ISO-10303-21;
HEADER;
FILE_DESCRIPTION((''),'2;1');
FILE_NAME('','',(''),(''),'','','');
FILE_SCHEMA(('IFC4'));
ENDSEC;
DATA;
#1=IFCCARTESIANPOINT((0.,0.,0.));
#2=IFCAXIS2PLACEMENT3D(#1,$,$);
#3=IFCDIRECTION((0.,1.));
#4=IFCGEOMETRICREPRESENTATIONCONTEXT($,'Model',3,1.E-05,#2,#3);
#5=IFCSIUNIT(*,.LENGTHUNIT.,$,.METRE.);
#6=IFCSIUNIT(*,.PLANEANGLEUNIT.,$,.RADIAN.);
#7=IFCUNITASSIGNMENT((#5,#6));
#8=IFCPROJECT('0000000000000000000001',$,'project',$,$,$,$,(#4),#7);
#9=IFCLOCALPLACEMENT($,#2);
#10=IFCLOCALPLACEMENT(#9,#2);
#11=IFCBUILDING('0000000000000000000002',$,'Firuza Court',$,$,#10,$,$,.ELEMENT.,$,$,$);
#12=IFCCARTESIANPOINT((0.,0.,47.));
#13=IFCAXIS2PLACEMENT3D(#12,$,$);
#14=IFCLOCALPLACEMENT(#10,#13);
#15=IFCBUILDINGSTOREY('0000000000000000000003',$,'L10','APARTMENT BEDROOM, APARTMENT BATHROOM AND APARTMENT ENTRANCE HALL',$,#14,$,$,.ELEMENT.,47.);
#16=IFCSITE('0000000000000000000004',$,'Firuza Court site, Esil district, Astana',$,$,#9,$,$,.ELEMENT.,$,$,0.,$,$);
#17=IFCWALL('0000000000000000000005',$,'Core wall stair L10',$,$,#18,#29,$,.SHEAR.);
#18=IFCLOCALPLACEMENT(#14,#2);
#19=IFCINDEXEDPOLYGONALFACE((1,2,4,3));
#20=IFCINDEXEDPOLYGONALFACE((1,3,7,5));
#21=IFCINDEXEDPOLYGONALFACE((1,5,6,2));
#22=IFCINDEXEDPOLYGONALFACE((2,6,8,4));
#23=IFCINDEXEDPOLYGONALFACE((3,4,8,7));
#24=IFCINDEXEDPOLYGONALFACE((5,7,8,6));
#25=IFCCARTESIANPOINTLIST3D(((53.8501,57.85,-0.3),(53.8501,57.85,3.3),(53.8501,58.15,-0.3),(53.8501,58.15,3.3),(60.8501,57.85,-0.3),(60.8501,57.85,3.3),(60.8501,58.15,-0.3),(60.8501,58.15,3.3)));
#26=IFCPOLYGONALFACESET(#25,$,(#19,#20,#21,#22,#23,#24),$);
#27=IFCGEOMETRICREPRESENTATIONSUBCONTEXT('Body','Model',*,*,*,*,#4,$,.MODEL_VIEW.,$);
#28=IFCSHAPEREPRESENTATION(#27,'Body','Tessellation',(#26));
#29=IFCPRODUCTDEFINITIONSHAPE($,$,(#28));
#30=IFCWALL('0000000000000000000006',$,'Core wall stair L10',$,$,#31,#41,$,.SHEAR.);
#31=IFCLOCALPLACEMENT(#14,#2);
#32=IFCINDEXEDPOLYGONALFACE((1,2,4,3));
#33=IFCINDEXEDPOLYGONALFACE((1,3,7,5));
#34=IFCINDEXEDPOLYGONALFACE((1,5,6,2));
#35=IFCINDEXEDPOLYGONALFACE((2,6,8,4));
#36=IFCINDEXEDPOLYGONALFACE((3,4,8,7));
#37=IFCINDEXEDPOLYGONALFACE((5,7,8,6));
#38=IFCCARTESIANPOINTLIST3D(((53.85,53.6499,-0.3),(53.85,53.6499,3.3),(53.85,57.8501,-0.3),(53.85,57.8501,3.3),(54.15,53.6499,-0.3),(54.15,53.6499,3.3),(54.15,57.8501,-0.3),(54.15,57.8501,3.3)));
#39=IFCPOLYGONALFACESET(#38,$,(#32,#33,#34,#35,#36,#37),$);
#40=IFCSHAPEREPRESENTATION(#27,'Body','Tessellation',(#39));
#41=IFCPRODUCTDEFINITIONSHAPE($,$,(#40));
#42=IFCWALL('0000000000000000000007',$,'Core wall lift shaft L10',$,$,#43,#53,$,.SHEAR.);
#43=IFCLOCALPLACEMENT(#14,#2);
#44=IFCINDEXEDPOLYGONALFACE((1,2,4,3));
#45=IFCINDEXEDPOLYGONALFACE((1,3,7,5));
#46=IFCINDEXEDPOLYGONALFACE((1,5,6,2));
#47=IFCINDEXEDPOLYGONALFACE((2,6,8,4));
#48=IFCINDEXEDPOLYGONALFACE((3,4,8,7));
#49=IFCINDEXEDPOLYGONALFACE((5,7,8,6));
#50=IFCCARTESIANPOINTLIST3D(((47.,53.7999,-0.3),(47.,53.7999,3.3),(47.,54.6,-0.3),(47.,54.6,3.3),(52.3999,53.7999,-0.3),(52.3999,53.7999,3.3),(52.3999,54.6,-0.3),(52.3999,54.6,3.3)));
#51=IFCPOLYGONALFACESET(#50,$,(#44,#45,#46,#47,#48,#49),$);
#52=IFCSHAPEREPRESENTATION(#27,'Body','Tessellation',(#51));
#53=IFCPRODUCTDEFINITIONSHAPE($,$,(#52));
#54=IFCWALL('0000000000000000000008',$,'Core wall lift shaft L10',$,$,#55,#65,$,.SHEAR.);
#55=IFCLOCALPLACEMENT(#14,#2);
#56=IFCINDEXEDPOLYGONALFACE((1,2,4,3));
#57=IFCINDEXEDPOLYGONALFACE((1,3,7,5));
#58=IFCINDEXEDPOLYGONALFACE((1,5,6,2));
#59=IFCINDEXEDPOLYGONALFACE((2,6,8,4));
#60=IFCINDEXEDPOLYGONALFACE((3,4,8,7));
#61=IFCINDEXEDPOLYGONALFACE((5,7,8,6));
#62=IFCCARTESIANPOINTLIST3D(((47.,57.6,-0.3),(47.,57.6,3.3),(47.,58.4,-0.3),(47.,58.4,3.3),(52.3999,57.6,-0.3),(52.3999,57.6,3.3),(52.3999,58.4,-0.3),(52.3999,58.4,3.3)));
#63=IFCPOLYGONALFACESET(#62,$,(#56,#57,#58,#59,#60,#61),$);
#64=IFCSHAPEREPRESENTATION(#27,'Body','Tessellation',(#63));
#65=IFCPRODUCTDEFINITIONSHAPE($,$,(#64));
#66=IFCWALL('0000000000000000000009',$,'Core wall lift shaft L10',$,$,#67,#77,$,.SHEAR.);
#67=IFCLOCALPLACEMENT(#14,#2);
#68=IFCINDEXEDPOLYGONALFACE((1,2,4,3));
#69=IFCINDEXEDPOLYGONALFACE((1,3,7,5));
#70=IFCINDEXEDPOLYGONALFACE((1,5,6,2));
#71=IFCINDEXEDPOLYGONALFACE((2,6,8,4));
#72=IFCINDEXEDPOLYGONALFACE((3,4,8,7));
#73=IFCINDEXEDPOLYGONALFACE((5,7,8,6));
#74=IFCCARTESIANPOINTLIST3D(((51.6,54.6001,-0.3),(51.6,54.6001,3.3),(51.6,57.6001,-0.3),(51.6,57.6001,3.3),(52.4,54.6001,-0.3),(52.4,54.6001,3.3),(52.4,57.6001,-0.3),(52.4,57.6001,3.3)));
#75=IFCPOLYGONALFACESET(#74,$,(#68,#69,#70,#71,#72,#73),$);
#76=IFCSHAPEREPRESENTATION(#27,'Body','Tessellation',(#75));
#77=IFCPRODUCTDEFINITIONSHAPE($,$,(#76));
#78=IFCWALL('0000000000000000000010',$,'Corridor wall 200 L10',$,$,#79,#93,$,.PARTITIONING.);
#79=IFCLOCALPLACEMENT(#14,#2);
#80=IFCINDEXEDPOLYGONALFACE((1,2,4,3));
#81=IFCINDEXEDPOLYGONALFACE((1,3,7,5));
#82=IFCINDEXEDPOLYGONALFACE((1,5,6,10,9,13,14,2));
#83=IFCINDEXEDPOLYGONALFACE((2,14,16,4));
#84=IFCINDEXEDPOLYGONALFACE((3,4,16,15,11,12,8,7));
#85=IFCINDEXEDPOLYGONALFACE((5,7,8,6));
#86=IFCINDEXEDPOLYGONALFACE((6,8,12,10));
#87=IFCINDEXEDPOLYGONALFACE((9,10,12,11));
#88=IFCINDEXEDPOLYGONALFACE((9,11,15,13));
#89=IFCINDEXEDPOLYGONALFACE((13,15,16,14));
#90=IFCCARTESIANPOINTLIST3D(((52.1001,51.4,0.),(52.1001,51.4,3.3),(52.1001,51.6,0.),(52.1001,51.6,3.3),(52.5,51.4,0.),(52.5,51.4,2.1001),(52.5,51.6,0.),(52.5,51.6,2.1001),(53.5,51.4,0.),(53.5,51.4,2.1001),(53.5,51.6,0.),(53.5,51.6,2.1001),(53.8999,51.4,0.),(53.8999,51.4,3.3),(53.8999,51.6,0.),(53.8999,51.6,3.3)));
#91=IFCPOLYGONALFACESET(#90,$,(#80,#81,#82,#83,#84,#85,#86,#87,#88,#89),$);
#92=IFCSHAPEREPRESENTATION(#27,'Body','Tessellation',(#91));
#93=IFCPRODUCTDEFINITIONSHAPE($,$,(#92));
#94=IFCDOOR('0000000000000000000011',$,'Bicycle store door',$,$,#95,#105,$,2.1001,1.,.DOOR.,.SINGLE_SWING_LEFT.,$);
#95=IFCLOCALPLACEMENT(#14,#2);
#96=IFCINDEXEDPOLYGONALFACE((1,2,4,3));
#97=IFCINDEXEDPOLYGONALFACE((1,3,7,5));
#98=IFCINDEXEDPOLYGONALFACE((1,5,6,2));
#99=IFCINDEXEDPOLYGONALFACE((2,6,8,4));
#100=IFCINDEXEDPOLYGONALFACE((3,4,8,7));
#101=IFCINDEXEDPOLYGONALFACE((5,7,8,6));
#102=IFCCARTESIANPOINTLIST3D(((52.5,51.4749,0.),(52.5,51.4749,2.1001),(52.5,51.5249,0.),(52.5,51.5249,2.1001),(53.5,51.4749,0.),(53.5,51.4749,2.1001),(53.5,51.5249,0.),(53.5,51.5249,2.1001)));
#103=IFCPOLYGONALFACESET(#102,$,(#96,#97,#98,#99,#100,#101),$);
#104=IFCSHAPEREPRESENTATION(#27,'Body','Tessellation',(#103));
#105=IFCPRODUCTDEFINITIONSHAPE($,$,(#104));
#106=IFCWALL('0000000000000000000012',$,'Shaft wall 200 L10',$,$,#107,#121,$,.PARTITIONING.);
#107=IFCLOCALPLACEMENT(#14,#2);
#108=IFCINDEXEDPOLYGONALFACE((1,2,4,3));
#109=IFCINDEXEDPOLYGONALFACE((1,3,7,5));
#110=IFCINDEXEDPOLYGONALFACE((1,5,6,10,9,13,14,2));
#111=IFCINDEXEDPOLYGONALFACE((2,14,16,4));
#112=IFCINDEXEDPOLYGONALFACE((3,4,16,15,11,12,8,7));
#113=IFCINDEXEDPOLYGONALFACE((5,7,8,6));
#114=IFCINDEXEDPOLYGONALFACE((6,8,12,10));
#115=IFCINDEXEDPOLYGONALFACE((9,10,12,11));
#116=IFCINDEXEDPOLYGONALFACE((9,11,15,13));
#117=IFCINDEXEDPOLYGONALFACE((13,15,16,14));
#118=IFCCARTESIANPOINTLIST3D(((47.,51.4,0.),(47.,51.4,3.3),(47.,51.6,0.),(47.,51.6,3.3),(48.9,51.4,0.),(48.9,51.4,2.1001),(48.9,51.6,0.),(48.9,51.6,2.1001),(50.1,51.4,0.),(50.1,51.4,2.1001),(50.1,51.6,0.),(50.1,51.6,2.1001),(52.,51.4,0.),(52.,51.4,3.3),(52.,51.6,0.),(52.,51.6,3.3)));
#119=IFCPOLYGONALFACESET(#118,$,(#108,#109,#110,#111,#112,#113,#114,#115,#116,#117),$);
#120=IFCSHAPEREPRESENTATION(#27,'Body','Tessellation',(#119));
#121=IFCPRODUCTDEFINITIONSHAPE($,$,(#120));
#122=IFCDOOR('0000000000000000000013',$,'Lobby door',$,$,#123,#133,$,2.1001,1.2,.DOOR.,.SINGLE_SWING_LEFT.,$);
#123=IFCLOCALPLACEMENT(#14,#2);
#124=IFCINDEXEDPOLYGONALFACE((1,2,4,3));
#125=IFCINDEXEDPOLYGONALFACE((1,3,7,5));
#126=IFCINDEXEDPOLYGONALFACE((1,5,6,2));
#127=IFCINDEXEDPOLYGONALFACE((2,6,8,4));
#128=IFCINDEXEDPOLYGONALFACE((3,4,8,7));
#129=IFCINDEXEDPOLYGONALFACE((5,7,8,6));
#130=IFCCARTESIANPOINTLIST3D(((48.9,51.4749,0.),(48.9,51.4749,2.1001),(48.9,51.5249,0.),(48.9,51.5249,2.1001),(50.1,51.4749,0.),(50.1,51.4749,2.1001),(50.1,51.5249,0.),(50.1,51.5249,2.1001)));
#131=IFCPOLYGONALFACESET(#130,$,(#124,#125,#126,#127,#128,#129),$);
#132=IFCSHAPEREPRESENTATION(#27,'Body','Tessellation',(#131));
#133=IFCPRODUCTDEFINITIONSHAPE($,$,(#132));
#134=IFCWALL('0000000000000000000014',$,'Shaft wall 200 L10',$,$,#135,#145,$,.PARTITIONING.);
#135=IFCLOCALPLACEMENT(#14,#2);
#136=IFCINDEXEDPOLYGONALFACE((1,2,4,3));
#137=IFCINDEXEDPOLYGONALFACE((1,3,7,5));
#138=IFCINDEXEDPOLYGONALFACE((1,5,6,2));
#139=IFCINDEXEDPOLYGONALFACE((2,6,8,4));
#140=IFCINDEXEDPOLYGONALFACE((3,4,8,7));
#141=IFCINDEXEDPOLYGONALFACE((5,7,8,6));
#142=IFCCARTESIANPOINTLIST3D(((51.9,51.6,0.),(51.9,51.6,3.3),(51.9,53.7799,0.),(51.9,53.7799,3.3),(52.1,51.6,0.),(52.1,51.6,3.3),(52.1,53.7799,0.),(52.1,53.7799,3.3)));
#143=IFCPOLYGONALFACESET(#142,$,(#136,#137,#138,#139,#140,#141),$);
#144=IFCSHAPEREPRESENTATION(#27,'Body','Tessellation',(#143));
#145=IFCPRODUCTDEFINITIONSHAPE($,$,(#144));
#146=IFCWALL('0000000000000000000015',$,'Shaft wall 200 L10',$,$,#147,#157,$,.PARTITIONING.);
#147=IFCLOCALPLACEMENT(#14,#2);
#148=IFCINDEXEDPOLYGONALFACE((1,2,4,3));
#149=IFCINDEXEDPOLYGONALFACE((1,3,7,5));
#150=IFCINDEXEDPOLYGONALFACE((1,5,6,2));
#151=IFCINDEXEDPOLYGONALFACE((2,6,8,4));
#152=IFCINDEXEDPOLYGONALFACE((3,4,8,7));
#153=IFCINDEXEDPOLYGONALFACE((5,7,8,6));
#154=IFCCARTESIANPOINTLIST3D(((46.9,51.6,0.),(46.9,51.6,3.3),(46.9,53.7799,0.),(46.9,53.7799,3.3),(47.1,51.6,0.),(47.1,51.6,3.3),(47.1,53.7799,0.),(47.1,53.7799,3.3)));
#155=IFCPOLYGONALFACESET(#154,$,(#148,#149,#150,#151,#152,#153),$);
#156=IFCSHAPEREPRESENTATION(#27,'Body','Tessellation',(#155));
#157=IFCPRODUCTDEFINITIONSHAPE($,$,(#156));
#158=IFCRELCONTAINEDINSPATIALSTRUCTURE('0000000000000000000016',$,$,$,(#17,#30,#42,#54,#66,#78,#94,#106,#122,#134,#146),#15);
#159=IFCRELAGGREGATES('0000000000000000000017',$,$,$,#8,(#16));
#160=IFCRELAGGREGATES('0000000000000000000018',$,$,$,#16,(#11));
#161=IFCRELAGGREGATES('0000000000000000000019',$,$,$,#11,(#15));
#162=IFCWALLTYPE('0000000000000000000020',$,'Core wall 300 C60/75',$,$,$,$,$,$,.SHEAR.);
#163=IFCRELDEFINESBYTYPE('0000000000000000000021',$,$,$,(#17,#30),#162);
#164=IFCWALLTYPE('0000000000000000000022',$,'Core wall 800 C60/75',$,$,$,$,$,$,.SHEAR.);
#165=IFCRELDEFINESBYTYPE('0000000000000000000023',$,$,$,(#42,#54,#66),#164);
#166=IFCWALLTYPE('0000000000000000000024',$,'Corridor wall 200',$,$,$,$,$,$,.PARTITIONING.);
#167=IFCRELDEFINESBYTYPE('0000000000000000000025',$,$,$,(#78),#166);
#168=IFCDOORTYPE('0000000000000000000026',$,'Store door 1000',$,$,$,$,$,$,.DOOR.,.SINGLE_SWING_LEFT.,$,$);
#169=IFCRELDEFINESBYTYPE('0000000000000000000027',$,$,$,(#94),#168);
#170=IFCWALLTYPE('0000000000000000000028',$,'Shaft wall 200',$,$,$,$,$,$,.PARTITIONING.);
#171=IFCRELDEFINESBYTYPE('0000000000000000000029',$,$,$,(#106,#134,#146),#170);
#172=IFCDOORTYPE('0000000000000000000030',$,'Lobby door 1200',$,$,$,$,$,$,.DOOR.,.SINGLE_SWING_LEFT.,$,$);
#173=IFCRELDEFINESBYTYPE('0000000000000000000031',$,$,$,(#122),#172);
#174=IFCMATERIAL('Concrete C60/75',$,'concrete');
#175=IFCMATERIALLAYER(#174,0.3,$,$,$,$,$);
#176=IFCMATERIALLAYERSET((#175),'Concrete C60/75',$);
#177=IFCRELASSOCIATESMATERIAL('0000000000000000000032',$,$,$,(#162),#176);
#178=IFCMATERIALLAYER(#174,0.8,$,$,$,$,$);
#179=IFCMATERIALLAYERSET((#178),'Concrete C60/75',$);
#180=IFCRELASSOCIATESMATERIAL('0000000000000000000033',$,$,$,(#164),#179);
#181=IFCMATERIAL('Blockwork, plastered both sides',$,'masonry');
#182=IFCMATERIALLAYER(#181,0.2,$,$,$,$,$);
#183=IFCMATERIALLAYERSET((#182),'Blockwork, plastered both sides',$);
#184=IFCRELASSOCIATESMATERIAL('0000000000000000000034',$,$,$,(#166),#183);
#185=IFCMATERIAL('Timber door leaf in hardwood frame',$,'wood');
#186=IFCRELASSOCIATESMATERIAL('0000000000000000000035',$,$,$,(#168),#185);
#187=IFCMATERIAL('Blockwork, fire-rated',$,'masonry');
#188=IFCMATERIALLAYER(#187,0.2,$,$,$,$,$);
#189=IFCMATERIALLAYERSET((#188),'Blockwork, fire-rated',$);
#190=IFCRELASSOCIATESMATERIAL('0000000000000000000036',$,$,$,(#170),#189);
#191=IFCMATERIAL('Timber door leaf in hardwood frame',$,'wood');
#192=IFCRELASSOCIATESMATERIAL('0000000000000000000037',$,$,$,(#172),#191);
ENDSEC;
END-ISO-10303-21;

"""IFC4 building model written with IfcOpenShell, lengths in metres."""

from ifc_helpers import new_model, si_unit, direction, frame, frame_2d, origin, place, context, subcontext, project, spatial, rectangle, extrude, material, layer, layer_set, type_object, element, fill, save


model = new_model("IFC4")

# Units and contexts
model_context = context("Model", 3, precision=1e-05, world=origin(), true_north=direction((0.0, 1.0)))
body_context = subcontext(model_context, "Body", "Model", "MODEL_VIEW")
ifc_project = project(units=[si_unit("LENGTHUNIT", "METRE"), si_unit("PLANEANGLEUNIT", "RADIAN")], contexts=[model_context])

# Site, building, storey
site_placement = place(None, origin())
site = spatial("IfcSite", under=ifc_project, at=site_placement, Name="Firuza Court site, Esil district, Astana", CompositionType="ELEMENT", RefElevation=0.0)
building_placement = place(site_placement, origin())
building = spatial("IfcBuilding", under=site, at=building_placement, Name="Firuza Court", CompositionType="ELEMENT")
storey_placement = place(building_placement, frame((0.0, 0.0, 47.0)))
storey = spatial("IfcBuildingStorey", under=building, at=storey_placement, Name="L10", Description="APARTMENT BEDROOM, APARTMENT BATHROOM AND APARTMENT ENTRANCE HALL", CompositionType="ELEMENT", Elevation=47.0)

# Shared definitions
ifc_material_1 = material(Name="Concrete C60/75", Category="concrete")
ifc_layer_1 = layer(ifc_material_1, 0.3)
ifc_layer_set_1 = layer_set([ifc_layer_1], Name="Concrete C60/75")
wall_type_1 = type_object("IfcWallType", Name="Core wall 300 C60/75", PredefinedType="SHEAR", material=ifc_layer_set_1)

# Walls
wall_1_placement = place(storey_placement, frame((53.8501, 58.0, -0.3), z_axis=(0.0, 0.0, 1.0), x_axis=(1.0, 0.0, 0.0)))
element("IfcWall", 1, at=wall_1_placement, inside=storey, type_object=wall_type_1, Name="Core wall stair L10", PredefinedType="SHEAR", context=body_context, shape_type="SweptSolid", body=[
    extrude(rectangle(XDim=7.0, YDim=0.3, at=frame_2d((3.5, 0.0))), origin(), (0.0, 0.0, 1.0), 3.6001),
])
wall_2_placement = place(storey_placement, frame((54.0, 53.6499, -0.3), z_axis=(0.0, 0.0, 1.0), x_axis=(0.0, 1.0, 0.0)))
element("IfcWall", 2, at=wall_2_placement, inside=storey, type_object=wall_type_1, Name="Core wall stair L10", PredefinedType="SHEAR", context=body_context, shape_type="SweptSolid", body=[
    extrude(rectangle(XDim=4.2002, YDim=0.3, at=frame_2d((2.1001, 0.0))), origin(), (0.0, 0.0, 1.0), 3.6001),
])
ifc_layer_2 = layer(ifc_material_1, 0.8)
ifc_layer_set_2 = layer_set([ifc_layer_2], Name="Concrete C60/75")
wall_type_2 = type_object("IfcWallType", Name="Core wall 800 C60/75", PredefinedType="SHEAR", material=ifc_layer_set_2)
for number, where, z_axis, x_axis, name in (
    (3, (47.0, 54.2, -0.3), (0.0, 0.0, 1.0), (1.0, 0.0, 0.0), "Core wall lift shaft L10"),
    (4, (47.0, 58.0, -0.3), (0.0, 0.0, 1.0), (1.0, 0.0, 0.0), "Core wall lift shaft L10"),
):
    element("IfcWall", number, at=place(storey_placement, frame(where, z_axis=z_axis, x_axis=x_axis)), inside=storey, type_object=wall_type_2, Name=name, PredefinedType="SHEAR", context=body_context, shape_type="SweptSolid", body=[
        extrude(rectangle(XDim=5.3999, YDim=0.8, at=frame_2d((2.7, 0.0))), origin(), (0.0, 0.0, 1.0), 3.6001),
    ])
wall_3_placement = place(storey_placement, frame((52.0, 54.6001, -0.3), z_axis=(0.0, 0.0, 1.0), x_axis=(0.0, 1.0, 0.0)))
element("IfcWall", 5, at=wall_3_placement, inside=storey, type_object=wall_type_2, Name="Core wall lift shaft L10", PredefinedType="SHEAR", context=body_context, shape_type="SweptSolid", body=[
    extrude(rectangle(XDim=3.0, YDim=0.8, at=frame_2d((1.5, 0.0))), origin(), (0.0, 0.0, 1.0), 3.6001),
])

# Walls, openings, doors
ifc_material_2 = material(Name="Blockwork, plastered both sides", Category="masonry")
ifc_layer_3 = layer(ifc_material_2, 0.2)
ifc_layer_set_3 = layer_set([ifc_layer_3], Name="Blockwork, plastered both sides")
wall_type_3 = type_object("IfcWallType", Name="Corridor wall 200", PredefinedType="PARTITIONING", material=ifc_layer_set_3)
wall_4_placement = place(storey_placement, frame((52.1001, 51.5, 0.0), z_axis=(0.0, 0.0, 1.0), x_axis=(1.0, 0.0, 0.0)))
wall_4 = element("IfcWall", 6, at=wall_4_placement, inside=storey, type_object=wall_type_3, Name="Corridor wall 200 L10", PredefinedType="PARTITIONING", context=body_context, shape_type="SweptSolid", body=[
    extrude(rectangle(XDim=1.7998, YDim=0.2, at=frame_2d((0.8999, 0.0))), origin(), (0.0, 0.0, 1.0), 3.3),
])
opening_1_placement = place(wall_4_placement, frame((0.3999, 0.0, 0.0)))
opening_1 = element("IfcOpeningElement", 7, at=opening_1_placement, cuts=wall_4, PredefinedType="OPENING", context=body_context, shape_type="SweptSolid", body=[
    extrude(rectangle(XDim=1.0, YDim=2.1001, at=frame_2d((0.5, 1.05))), frame((0.0, 0.1118, 0.0), z_axis=(0.0, -1.0, 0.0), x_axis=(1.0, 0.0, 0.0)), (0.0, 0.0, 1.0), 0.2239),
])
ifc_material_3 = material(Name="Timber door leaf in hardwood frame", Category="wood")
door_type_1 = type_object("IfcDoorType", Name="Store door 1000", OperationType="SINGLE_SWING_LEFT", PredefinedType="DOOR", material=ifc_material_3)
door_1_placement = place(opening_1_placement, origin())
door_1 = element("IfcDoor", 8, at=door_1_placement, inside=storey, type_object=door_type_1, Name="Bicycle store door", OperationType="SINGLE_SWING_LEFT", OverallHeight=2.1001, OverallWidth=1.0, PredefinedType="DOOR", context=body_context, shape_type="SweptSolid", body=[
    extrude(rectangle(XDim=1.0, YDim=2.1001, at=frame_2d((0.5, 1.05))), frame((0.0, 0.0249, 0.0), z_axis=(0.0, -1.0, 0.0), x_axis=(1.0, 0.0, 0.0)), (0.0, 0.0, 1.0), 0.05),
])
fill(opening_1, door_1)
ifc_material_4 = material(Name="Blockwork, fire-rated", Category="masonry")
ifc_layer_4 = layer(ifc_material_4, 0.2)
ifc_layer_set_4 = layer_set([ifc_layer_4], Name="Blockwork, fire-rated")
wall_type_4 = type_object("IfcWallType", Name="Shaft wall 200", PredefinedType="PARTITIONING", material=ifc_layer_set_4)
wall_5_placement = place(storey_placement, frame((47.0, 51.5, 0.0), z_axis=(0.0, 0.0, 1.0), x_axis=(1.0, 0.0, 0.0)))
wall_5 = element("IfcWall", 9, at=wall_5_placement, inside=storey, type_object=wall_type_4, Name="Shaft wall 200 L10", PredefinedType="PARTITIONING", context=body_context, shape_type="SweptSolid", body=[
    extrude(rectangle(XDim=5.0, YDim=0.2, at=frame_2d((2.5, 0.0))), origin(), (0.0, 0.0, 1.0), 3.3),
])
opening_2_placement = place(wall_5_placement, frame((1.8999, 0.0, 0.0)))
opening_2 = element("IfcOpeningElement", 10, at=opening_2_placement, cuts=wall_5, PredefinedType="OPENING", context=body_context, shape_type="SweptSolid", body=[
    extrude(rectangle(XDim=1.2, YDim=2.1001, at=frame_2d((0.6001, 1.05))), frame((0.0, 0.1118, 0.0), z_axis=(0.0, -1.0, 0.0), x_axis=(1.0, 0.0, 0.0)), (0.0, 0.0, 1.0), 0.2239),
])
ifc_material_5 = material(Name="Timber door leaf in hardwood frame", Category="wood")
door_type_2 = type_object("IfcDoorType", Name="Lobby door 1200", OperationType="SINGLE_SWING_LEFT", PredefinedType="DOOR", material=ifc_material_5)
door_2_placement = place(opening_2_placement, origin())
door_2 = element("IfcDoor", 11, at=door_2_placement, inside=storey, type_object=door_type_2, Name="Lobby door", OperationType="SINGLE_SWING_LEFT", OverallHeight=2.1001, OverallWidth=1.2, PredefinedType="DOOR", context=body_context, shape_type="SweptSolid", body=[
    extrude(rectangle(XDim=1.2, YDim=2.1001, at=frame_2d((0.6001, 1.05))), frame((0.0, 0.0249, 0.0), z_axis=(0.0, -1.0, 0.0), x_axis=(1.0, 0.0, 0.0)), (0.0, 0.0, 1.0), 0.05),
])
fill(opening_2, door_2)

# Walls
for number, where, z_axis, x_axis, name in (
    (12, (52.0, 51.6001, 0.0), (0.0, 0.0, 1.0), (0.0, 1.0, 0.0), "Shaft wall 200 L10"),
    (13, (47.0, 51.6001, 0.0), (0.0, 0.0, 1.0), (0.0, 1.0, 0.0), "Shaft wall 200 L10"),
):
    element("IfcWall", number, at=place(storey_placement, frame(where, z_axis=z_axis, x_axis=x_axis)), inside=storey, type_object=wall_type_4, Name=name, PredefinedType="PARTITIONING", context=body_context, shape_type="SweptSolid", body=[
        extrude(rectangle(XDim=2.1799, YDim=0.2, at=frame_2d((1.0898, 0.0))), origin(), (0.0, 0.0, 1.0), 3.3),
    ])

save(model, "model.ifc")
